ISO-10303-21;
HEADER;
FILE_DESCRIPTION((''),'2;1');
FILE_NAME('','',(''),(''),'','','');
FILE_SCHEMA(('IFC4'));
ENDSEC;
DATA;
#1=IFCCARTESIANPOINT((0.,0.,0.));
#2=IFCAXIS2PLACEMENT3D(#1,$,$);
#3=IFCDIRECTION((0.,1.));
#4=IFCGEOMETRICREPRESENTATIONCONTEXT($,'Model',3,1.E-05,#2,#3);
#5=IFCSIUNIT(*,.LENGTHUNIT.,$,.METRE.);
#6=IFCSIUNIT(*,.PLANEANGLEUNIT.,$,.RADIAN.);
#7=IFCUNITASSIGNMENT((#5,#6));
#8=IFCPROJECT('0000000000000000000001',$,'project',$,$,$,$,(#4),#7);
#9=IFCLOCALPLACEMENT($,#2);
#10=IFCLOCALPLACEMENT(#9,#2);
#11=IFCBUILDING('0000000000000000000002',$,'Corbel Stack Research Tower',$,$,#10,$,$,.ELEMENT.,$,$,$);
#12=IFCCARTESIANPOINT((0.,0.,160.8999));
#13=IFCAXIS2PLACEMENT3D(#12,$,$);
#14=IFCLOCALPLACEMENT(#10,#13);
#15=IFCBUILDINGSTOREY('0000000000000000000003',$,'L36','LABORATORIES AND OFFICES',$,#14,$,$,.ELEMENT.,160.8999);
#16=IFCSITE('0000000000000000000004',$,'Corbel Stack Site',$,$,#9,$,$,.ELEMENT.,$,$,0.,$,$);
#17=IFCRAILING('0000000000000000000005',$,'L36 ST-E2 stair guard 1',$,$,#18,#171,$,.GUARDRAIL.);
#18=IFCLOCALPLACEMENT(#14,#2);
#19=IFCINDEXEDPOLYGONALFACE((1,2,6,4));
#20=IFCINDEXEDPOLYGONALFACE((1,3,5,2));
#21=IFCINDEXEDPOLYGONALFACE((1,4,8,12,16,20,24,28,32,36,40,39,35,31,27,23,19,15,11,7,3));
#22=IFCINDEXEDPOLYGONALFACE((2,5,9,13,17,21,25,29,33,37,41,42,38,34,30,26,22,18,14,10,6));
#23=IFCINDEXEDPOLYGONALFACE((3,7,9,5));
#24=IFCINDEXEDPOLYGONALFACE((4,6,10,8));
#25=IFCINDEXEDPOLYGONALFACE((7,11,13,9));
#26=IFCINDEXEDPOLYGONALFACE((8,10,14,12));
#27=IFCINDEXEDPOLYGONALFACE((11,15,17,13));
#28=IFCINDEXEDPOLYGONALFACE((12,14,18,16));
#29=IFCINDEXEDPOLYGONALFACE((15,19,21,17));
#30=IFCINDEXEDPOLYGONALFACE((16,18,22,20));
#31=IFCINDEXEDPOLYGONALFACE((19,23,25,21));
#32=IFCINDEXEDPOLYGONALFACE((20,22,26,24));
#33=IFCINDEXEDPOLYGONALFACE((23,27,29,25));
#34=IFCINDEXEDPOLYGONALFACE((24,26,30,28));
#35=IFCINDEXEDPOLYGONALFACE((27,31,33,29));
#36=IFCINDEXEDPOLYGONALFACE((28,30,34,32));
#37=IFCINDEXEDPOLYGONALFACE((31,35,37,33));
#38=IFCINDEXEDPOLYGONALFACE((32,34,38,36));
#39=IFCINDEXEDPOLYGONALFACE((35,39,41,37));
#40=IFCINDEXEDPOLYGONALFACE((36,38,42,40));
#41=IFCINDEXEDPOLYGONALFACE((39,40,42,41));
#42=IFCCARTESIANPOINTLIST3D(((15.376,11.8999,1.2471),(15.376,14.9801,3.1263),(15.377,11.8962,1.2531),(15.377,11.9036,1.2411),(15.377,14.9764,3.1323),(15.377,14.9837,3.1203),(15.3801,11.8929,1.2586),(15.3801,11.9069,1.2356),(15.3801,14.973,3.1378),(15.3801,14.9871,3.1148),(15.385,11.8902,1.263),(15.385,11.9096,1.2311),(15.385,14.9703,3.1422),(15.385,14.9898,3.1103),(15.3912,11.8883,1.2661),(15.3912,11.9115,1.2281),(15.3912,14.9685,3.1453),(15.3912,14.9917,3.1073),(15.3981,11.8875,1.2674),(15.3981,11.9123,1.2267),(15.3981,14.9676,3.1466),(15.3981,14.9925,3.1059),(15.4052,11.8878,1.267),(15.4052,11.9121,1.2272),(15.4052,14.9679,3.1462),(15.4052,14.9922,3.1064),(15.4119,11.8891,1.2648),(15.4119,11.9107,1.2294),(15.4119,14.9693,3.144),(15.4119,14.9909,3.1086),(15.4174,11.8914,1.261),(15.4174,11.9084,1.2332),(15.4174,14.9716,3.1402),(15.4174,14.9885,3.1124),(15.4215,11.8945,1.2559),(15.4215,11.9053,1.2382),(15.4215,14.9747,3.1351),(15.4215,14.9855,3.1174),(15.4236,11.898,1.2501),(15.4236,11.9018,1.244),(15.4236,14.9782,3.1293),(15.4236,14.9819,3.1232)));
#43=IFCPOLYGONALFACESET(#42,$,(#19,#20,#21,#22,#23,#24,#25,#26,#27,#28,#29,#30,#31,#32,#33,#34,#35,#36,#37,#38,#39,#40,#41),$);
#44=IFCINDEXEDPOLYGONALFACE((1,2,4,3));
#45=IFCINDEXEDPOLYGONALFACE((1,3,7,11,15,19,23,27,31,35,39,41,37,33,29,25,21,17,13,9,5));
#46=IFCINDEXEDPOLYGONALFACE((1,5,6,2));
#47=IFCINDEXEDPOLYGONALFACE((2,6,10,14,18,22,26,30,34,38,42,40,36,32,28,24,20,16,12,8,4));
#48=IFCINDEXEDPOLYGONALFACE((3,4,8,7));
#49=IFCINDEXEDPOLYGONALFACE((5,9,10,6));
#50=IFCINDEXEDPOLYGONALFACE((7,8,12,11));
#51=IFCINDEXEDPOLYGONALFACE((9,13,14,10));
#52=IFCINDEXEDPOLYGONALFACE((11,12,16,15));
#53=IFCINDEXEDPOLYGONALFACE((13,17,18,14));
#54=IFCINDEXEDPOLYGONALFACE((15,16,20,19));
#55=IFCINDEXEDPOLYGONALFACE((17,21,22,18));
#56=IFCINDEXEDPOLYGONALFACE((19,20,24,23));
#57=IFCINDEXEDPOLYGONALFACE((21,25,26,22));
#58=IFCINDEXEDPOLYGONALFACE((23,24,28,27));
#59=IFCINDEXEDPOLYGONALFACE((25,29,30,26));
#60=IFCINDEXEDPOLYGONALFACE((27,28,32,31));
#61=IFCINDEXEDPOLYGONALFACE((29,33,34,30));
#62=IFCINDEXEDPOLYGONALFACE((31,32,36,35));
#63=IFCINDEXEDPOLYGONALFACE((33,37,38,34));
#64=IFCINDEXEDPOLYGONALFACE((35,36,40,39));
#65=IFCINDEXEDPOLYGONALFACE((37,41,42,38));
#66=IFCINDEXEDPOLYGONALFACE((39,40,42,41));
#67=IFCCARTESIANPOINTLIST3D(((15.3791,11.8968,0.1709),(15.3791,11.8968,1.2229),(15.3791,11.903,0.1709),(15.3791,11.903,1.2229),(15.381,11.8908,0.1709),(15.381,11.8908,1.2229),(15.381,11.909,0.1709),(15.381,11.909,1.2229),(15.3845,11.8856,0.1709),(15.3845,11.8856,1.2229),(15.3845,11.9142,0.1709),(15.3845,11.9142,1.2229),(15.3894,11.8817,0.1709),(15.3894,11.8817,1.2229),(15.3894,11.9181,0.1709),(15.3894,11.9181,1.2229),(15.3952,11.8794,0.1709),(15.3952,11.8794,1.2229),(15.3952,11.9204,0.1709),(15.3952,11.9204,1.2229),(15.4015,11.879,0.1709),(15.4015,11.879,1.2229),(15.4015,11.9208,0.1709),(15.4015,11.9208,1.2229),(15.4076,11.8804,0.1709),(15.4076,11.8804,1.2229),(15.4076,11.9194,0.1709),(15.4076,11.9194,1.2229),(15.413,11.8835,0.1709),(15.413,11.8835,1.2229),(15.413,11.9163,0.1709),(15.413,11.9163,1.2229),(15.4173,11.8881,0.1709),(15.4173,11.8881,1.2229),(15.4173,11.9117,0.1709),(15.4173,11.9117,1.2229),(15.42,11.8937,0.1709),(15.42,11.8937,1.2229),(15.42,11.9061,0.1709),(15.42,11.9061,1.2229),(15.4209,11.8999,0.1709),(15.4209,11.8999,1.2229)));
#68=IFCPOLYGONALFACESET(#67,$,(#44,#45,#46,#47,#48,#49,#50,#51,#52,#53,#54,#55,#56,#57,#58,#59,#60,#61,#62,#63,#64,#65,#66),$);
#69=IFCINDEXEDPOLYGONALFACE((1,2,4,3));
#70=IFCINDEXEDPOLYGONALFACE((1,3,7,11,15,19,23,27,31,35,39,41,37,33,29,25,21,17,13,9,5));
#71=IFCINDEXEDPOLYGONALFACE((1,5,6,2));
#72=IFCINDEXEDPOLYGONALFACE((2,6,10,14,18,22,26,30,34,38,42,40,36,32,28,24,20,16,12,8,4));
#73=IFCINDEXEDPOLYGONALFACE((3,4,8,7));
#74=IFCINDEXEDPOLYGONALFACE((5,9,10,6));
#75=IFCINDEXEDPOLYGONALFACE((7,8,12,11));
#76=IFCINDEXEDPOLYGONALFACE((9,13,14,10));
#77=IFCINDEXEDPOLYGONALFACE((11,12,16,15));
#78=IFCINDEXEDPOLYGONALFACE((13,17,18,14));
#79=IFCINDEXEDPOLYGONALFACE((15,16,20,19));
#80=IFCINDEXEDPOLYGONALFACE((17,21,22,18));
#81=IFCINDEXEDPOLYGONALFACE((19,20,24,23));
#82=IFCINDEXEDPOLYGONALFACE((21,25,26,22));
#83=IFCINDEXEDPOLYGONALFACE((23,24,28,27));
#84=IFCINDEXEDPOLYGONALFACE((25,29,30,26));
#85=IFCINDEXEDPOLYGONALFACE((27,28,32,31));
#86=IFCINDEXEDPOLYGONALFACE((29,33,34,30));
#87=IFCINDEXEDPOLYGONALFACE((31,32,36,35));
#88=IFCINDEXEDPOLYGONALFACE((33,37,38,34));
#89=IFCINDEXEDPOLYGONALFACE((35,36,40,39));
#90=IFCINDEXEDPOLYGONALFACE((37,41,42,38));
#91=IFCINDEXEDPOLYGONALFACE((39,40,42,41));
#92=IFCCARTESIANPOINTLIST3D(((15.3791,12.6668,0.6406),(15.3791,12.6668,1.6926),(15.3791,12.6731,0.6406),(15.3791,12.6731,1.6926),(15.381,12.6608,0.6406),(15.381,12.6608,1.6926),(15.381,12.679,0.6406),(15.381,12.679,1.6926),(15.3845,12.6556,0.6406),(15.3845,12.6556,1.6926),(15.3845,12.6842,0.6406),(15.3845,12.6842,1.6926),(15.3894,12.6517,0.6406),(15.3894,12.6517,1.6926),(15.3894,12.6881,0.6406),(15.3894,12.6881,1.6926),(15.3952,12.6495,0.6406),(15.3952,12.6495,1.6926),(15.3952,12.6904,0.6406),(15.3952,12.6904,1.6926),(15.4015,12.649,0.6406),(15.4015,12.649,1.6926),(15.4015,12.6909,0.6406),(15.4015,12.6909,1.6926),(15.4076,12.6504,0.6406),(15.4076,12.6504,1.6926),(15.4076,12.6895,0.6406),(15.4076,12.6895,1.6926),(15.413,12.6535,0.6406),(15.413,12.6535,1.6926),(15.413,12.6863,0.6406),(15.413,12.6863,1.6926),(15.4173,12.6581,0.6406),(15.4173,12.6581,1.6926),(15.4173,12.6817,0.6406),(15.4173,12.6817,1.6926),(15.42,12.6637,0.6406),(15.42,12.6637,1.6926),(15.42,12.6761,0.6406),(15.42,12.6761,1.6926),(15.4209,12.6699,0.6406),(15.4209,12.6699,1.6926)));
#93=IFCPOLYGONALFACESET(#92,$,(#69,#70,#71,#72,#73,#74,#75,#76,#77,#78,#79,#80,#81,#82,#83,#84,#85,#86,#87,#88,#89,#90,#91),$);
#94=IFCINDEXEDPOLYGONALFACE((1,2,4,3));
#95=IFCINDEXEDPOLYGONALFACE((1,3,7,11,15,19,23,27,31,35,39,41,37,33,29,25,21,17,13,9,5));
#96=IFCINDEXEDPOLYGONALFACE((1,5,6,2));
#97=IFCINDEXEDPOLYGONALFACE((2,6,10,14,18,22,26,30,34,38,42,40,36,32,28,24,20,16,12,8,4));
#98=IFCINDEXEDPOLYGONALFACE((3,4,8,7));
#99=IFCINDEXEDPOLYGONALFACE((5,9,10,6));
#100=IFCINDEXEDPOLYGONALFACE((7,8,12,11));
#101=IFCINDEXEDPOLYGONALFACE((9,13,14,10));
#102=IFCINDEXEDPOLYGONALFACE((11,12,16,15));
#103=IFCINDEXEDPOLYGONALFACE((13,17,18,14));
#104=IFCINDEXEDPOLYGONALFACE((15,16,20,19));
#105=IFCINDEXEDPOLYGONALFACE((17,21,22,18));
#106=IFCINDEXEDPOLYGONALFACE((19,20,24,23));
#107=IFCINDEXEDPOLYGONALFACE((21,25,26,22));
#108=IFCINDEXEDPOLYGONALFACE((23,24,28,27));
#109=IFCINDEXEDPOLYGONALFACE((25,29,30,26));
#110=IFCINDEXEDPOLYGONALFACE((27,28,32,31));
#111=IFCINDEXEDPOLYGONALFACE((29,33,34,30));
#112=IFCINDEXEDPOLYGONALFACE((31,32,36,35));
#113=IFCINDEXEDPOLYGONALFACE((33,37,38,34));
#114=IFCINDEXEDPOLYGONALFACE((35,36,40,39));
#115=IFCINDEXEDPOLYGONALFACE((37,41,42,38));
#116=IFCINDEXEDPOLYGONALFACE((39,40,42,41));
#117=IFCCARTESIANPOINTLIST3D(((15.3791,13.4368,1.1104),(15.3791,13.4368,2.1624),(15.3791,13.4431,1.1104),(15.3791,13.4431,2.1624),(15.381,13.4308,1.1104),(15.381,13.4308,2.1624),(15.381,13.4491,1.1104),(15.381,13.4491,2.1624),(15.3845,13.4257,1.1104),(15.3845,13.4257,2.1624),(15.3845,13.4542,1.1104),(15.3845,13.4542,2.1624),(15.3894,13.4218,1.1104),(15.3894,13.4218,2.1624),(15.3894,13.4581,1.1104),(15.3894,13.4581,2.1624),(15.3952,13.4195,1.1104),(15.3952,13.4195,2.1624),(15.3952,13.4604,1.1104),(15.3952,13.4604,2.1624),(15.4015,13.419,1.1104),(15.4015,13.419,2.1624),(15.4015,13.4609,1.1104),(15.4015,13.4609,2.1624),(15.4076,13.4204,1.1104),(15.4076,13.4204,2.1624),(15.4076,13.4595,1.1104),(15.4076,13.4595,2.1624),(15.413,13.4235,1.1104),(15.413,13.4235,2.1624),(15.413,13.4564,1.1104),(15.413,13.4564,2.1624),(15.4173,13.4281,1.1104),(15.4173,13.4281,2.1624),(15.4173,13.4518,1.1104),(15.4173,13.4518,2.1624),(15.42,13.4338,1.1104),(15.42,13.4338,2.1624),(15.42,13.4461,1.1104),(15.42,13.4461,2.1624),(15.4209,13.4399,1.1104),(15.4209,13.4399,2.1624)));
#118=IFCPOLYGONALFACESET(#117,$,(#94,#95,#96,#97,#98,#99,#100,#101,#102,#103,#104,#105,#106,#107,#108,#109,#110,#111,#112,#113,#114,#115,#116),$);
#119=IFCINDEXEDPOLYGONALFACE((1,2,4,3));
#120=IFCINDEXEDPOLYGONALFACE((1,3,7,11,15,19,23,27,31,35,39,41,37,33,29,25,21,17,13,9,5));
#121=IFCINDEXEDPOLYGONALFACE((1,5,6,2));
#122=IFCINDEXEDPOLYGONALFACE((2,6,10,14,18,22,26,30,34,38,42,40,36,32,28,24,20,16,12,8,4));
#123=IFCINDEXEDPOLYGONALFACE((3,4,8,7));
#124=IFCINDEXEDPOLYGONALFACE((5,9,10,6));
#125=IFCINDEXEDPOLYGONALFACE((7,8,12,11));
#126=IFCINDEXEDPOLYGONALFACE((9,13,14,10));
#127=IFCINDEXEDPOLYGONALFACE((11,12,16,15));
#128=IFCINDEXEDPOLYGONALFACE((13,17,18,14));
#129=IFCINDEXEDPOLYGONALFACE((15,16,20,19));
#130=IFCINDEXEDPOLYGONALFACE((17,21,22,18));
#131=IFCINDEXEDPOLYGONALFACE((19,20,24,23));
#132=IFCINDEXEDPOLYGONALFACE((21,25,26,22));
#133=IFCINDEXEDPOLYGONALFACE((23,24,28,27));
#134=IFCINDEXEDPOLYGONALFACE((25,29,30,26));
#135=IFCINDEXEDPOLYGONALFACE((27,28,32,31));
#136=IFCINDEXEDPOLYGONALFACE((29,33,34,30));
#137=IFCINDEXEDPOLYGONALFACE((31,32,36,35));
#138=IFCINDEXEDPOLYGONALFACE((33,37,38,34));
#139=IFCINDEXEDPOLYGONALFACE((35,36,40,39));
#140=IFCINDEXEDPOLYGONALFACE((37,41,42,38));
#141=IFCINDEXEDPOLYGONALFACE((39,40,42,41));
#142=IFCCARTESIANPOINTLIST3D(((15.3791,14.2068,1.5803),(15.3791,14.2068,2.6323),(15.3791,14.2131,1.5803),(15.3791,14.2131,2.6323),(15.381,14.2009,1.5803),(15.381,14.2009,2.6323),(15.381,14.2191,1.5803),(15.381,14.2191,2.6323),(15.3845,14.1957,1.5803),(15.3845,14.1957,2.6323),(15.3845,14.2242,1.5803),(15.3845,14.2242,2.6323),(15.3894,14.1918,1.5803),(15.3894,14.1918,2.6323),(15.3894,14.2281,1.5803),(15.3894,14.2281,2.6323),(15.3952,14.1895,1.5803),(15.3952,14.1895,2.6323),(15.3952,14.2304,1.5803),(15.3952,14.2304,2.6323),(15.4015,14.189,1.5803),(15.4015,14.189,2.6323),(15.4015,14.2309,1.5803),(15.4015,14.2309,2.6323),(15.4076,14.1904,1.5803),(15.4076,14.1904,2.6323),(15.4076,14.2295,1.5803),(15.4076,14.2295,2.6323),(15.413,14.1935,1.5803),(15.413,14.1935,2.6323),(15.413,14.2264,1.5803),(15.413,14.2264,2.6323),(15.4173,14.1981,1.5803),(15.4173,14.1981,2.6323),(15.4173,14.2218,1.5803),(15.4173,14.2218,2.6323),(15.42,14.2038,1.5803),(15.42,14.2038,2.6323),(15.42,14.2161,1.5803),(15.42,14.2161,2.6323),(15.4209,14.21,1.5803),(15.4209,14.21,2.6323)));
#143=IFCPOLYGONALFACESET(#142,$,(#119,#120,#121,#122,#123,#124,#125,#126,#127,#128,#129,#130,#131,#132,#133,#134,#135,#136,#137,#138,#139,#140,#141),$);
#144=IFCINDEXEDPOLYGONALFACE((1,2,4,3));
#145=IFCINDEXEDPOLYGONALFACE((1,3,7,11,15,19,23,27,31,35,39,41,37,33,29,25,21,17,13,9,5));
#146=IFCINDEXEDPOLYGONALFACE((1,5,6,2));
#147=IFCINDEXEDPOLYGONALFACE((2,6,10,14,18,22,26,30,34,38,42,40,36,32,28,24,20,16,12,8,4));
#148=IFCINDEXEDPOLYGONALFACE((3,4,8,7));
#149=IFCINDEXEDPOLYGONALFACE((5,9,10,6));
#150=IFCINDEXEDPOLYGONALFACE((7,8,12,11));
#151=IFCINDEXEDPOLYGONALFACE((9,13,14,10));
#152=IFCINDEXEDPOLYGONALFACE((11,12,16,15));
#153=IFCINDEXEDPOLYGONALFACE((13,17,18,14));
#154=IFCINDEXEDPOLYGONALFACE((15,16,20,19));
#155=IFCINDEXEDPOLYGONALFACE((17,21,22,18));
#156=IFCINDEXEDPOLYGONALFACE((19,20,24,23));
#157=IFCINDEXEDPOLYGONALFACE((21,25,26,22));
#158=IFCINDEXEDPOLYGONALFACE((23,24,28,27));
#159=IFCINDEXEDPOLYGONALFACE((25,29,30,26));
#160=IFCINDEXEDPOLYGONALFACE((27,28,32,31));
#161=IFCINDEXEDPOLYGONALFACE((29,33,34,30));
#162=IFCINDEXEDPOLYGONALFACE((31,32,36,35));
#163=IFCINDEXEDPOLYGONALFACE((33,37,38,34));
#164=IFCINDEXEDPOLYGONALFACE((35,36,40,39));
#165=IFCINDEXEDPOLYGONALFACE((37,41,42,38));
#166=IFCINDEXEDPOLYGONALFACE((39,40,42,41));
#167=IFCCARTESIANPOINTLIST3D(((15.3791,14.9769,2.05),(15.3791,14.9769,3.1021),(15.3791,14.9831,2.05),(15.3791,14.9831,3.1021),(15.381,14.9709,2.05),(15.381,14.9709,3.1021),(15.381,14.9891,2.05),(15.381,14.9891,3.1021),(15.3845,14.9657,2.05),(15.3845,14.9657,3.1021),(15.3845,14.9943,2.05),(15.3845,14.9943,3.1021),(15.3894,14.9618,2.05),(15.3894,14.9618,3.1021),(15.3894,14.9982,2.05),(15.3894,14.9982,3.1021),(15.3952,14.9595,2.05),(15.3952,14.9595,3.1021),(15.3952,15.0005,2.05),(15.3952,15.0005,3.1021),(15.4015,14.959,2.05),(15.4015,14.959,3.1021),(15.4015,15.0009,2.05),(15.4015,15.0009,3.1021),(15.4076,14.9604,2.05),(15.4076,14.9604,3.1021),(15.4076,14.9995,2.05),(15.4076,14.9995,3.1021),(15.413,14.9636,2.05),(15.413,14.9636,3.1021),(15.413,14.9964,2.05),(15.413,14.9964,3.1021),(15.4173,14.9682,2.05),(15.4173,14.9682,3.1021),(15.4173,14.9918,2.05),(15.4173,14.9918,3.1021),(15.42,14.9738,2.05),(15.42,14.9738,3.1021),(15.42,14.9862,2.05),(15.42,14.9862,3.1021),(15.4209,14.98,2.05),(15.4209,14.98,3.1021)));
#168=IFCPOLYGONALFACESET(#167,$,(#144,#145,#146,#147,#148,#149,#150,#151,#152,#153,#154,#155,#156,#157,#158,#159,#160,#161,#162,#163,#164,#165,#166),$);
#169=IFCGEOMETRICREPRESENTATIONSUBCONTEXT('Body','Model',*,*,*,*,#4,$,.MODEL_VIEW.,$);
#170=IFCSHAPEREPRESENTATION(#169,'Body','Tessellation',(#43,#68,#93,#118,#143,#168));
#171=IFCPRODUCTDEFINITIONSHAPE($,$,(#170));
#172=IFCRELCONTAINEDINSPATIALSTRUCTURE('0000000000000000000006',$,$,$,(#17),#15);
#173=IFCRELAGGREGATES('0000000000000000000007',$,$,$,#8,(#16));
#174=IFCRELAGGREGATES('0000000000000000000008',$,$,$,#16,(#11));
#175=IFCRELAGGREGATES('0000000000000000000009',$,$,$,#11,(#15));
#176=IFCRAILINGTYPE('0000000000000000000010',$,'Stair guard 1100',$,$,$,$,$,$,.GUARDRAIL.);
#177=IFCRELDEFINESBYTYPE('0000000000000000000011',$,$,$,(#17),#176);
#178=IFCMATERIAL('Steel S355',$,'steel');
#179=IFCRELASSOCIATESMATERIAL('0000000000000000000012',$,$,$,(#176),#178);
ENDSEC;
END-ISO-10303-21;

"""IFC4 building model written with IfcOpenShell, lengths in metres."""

from ifc_helpers import new_model, si_unit, direction, frame, origin, origin_2d, place, context, subcontext, project, spatial, circle, extrude, material, type_object, element, save


model = new_model("IFC4")

# Units and contexts
model_context = context("Model", 3, precision=1e-05, world=origin(), true_north=direction((0.0, 1.0)))
body_context = subcontext(model_context, "Body", "Model", "MODEL_VIEW")
ifc_project = project(units=[si_unit("LENGTHUNIT", "METRE"), si_unit("PLANEANGLEUNIT", "RADIAN")], contexts=[model_context])

# Site, building, storey
site_placement = place(None, origin())
site = spatial("IfcSite", under=ifc_project, at=site_placement, Name="Corbel Stack Site", CompositionType="ELEMENT", RefElevation=0.0)
building_placement = place(site_placement, origin())
building = spatial("IfcBuilding", under=site, at=building_placement, Name="Corbel Stack Research Tower", CompositionType="ELEMENT")
storey_placement = place(building_placement, frame((0.0, 0.0, 160.8999)))
storey = spatial("IfcBuildingStorey", under=building, at=storey_placement, Name="L36", Description="LABORATORIES AND OFFICES", CompositionType="ELEMENT", Elevation=160.8999)

# Railing
ifc_material_1 = material(Name="Steel S355", Category="steel")
railing_type_1 = type_object("IfcRailingType", Name="Stair guard 1100", PredefinedType="GUARDRAIL", material=ifc_material_1)
railing_1_placement = place(storey_placement, frame((15.3999, 11.8999, 0.1709)))
element("IfcRailing", 1, at=railing_1_placement, inside=storey, type_object=railing_type_1, Name="L36 ST-E2 stair guard 1", PredefinedType="GUARDRAIL", context=body_context, shape_type="SweptSolid", body=[
    extrude(circle(Radius=0.0239, at=origin_2d()), frame((0.0, 0.0, 1.0762), z_axis=(0.0, 0.853666, 0.52082), x_axis=(-1.0, 0.0, 0.0)), (0.0, 0.0, 1.0), 3.6082),
    extrude(circle(Radius=0.021, at=origin_2d()), origin(), (0.0, 0.0, 1.0), 1.052),
    extrude(circle(Radius=0.021, at=origin_2d()), frame((0.0, 0.77, 0.4697)), (0.0, 0.0, 1.0), 1.052),
    extrude(circle(Radius=0.021, at=origin_2d()), frame((0.0, 1.54, 0.9395)), (0.0, 0.0, 1.0), 1.052),
    extrude(circle(Radius=0.021, at=origin_2d()), frame((0.0, 2.3101, 1.4094)), (0.0, 0.0, 1.0), 1.052),
    extrude(circle(Radius=0.021, at=origin_2d()), frame((0.0, 3.0801, 1.8792)), (0.0, 0.0, 1.0), 1.052),
])

save(model, "model.ifc")
